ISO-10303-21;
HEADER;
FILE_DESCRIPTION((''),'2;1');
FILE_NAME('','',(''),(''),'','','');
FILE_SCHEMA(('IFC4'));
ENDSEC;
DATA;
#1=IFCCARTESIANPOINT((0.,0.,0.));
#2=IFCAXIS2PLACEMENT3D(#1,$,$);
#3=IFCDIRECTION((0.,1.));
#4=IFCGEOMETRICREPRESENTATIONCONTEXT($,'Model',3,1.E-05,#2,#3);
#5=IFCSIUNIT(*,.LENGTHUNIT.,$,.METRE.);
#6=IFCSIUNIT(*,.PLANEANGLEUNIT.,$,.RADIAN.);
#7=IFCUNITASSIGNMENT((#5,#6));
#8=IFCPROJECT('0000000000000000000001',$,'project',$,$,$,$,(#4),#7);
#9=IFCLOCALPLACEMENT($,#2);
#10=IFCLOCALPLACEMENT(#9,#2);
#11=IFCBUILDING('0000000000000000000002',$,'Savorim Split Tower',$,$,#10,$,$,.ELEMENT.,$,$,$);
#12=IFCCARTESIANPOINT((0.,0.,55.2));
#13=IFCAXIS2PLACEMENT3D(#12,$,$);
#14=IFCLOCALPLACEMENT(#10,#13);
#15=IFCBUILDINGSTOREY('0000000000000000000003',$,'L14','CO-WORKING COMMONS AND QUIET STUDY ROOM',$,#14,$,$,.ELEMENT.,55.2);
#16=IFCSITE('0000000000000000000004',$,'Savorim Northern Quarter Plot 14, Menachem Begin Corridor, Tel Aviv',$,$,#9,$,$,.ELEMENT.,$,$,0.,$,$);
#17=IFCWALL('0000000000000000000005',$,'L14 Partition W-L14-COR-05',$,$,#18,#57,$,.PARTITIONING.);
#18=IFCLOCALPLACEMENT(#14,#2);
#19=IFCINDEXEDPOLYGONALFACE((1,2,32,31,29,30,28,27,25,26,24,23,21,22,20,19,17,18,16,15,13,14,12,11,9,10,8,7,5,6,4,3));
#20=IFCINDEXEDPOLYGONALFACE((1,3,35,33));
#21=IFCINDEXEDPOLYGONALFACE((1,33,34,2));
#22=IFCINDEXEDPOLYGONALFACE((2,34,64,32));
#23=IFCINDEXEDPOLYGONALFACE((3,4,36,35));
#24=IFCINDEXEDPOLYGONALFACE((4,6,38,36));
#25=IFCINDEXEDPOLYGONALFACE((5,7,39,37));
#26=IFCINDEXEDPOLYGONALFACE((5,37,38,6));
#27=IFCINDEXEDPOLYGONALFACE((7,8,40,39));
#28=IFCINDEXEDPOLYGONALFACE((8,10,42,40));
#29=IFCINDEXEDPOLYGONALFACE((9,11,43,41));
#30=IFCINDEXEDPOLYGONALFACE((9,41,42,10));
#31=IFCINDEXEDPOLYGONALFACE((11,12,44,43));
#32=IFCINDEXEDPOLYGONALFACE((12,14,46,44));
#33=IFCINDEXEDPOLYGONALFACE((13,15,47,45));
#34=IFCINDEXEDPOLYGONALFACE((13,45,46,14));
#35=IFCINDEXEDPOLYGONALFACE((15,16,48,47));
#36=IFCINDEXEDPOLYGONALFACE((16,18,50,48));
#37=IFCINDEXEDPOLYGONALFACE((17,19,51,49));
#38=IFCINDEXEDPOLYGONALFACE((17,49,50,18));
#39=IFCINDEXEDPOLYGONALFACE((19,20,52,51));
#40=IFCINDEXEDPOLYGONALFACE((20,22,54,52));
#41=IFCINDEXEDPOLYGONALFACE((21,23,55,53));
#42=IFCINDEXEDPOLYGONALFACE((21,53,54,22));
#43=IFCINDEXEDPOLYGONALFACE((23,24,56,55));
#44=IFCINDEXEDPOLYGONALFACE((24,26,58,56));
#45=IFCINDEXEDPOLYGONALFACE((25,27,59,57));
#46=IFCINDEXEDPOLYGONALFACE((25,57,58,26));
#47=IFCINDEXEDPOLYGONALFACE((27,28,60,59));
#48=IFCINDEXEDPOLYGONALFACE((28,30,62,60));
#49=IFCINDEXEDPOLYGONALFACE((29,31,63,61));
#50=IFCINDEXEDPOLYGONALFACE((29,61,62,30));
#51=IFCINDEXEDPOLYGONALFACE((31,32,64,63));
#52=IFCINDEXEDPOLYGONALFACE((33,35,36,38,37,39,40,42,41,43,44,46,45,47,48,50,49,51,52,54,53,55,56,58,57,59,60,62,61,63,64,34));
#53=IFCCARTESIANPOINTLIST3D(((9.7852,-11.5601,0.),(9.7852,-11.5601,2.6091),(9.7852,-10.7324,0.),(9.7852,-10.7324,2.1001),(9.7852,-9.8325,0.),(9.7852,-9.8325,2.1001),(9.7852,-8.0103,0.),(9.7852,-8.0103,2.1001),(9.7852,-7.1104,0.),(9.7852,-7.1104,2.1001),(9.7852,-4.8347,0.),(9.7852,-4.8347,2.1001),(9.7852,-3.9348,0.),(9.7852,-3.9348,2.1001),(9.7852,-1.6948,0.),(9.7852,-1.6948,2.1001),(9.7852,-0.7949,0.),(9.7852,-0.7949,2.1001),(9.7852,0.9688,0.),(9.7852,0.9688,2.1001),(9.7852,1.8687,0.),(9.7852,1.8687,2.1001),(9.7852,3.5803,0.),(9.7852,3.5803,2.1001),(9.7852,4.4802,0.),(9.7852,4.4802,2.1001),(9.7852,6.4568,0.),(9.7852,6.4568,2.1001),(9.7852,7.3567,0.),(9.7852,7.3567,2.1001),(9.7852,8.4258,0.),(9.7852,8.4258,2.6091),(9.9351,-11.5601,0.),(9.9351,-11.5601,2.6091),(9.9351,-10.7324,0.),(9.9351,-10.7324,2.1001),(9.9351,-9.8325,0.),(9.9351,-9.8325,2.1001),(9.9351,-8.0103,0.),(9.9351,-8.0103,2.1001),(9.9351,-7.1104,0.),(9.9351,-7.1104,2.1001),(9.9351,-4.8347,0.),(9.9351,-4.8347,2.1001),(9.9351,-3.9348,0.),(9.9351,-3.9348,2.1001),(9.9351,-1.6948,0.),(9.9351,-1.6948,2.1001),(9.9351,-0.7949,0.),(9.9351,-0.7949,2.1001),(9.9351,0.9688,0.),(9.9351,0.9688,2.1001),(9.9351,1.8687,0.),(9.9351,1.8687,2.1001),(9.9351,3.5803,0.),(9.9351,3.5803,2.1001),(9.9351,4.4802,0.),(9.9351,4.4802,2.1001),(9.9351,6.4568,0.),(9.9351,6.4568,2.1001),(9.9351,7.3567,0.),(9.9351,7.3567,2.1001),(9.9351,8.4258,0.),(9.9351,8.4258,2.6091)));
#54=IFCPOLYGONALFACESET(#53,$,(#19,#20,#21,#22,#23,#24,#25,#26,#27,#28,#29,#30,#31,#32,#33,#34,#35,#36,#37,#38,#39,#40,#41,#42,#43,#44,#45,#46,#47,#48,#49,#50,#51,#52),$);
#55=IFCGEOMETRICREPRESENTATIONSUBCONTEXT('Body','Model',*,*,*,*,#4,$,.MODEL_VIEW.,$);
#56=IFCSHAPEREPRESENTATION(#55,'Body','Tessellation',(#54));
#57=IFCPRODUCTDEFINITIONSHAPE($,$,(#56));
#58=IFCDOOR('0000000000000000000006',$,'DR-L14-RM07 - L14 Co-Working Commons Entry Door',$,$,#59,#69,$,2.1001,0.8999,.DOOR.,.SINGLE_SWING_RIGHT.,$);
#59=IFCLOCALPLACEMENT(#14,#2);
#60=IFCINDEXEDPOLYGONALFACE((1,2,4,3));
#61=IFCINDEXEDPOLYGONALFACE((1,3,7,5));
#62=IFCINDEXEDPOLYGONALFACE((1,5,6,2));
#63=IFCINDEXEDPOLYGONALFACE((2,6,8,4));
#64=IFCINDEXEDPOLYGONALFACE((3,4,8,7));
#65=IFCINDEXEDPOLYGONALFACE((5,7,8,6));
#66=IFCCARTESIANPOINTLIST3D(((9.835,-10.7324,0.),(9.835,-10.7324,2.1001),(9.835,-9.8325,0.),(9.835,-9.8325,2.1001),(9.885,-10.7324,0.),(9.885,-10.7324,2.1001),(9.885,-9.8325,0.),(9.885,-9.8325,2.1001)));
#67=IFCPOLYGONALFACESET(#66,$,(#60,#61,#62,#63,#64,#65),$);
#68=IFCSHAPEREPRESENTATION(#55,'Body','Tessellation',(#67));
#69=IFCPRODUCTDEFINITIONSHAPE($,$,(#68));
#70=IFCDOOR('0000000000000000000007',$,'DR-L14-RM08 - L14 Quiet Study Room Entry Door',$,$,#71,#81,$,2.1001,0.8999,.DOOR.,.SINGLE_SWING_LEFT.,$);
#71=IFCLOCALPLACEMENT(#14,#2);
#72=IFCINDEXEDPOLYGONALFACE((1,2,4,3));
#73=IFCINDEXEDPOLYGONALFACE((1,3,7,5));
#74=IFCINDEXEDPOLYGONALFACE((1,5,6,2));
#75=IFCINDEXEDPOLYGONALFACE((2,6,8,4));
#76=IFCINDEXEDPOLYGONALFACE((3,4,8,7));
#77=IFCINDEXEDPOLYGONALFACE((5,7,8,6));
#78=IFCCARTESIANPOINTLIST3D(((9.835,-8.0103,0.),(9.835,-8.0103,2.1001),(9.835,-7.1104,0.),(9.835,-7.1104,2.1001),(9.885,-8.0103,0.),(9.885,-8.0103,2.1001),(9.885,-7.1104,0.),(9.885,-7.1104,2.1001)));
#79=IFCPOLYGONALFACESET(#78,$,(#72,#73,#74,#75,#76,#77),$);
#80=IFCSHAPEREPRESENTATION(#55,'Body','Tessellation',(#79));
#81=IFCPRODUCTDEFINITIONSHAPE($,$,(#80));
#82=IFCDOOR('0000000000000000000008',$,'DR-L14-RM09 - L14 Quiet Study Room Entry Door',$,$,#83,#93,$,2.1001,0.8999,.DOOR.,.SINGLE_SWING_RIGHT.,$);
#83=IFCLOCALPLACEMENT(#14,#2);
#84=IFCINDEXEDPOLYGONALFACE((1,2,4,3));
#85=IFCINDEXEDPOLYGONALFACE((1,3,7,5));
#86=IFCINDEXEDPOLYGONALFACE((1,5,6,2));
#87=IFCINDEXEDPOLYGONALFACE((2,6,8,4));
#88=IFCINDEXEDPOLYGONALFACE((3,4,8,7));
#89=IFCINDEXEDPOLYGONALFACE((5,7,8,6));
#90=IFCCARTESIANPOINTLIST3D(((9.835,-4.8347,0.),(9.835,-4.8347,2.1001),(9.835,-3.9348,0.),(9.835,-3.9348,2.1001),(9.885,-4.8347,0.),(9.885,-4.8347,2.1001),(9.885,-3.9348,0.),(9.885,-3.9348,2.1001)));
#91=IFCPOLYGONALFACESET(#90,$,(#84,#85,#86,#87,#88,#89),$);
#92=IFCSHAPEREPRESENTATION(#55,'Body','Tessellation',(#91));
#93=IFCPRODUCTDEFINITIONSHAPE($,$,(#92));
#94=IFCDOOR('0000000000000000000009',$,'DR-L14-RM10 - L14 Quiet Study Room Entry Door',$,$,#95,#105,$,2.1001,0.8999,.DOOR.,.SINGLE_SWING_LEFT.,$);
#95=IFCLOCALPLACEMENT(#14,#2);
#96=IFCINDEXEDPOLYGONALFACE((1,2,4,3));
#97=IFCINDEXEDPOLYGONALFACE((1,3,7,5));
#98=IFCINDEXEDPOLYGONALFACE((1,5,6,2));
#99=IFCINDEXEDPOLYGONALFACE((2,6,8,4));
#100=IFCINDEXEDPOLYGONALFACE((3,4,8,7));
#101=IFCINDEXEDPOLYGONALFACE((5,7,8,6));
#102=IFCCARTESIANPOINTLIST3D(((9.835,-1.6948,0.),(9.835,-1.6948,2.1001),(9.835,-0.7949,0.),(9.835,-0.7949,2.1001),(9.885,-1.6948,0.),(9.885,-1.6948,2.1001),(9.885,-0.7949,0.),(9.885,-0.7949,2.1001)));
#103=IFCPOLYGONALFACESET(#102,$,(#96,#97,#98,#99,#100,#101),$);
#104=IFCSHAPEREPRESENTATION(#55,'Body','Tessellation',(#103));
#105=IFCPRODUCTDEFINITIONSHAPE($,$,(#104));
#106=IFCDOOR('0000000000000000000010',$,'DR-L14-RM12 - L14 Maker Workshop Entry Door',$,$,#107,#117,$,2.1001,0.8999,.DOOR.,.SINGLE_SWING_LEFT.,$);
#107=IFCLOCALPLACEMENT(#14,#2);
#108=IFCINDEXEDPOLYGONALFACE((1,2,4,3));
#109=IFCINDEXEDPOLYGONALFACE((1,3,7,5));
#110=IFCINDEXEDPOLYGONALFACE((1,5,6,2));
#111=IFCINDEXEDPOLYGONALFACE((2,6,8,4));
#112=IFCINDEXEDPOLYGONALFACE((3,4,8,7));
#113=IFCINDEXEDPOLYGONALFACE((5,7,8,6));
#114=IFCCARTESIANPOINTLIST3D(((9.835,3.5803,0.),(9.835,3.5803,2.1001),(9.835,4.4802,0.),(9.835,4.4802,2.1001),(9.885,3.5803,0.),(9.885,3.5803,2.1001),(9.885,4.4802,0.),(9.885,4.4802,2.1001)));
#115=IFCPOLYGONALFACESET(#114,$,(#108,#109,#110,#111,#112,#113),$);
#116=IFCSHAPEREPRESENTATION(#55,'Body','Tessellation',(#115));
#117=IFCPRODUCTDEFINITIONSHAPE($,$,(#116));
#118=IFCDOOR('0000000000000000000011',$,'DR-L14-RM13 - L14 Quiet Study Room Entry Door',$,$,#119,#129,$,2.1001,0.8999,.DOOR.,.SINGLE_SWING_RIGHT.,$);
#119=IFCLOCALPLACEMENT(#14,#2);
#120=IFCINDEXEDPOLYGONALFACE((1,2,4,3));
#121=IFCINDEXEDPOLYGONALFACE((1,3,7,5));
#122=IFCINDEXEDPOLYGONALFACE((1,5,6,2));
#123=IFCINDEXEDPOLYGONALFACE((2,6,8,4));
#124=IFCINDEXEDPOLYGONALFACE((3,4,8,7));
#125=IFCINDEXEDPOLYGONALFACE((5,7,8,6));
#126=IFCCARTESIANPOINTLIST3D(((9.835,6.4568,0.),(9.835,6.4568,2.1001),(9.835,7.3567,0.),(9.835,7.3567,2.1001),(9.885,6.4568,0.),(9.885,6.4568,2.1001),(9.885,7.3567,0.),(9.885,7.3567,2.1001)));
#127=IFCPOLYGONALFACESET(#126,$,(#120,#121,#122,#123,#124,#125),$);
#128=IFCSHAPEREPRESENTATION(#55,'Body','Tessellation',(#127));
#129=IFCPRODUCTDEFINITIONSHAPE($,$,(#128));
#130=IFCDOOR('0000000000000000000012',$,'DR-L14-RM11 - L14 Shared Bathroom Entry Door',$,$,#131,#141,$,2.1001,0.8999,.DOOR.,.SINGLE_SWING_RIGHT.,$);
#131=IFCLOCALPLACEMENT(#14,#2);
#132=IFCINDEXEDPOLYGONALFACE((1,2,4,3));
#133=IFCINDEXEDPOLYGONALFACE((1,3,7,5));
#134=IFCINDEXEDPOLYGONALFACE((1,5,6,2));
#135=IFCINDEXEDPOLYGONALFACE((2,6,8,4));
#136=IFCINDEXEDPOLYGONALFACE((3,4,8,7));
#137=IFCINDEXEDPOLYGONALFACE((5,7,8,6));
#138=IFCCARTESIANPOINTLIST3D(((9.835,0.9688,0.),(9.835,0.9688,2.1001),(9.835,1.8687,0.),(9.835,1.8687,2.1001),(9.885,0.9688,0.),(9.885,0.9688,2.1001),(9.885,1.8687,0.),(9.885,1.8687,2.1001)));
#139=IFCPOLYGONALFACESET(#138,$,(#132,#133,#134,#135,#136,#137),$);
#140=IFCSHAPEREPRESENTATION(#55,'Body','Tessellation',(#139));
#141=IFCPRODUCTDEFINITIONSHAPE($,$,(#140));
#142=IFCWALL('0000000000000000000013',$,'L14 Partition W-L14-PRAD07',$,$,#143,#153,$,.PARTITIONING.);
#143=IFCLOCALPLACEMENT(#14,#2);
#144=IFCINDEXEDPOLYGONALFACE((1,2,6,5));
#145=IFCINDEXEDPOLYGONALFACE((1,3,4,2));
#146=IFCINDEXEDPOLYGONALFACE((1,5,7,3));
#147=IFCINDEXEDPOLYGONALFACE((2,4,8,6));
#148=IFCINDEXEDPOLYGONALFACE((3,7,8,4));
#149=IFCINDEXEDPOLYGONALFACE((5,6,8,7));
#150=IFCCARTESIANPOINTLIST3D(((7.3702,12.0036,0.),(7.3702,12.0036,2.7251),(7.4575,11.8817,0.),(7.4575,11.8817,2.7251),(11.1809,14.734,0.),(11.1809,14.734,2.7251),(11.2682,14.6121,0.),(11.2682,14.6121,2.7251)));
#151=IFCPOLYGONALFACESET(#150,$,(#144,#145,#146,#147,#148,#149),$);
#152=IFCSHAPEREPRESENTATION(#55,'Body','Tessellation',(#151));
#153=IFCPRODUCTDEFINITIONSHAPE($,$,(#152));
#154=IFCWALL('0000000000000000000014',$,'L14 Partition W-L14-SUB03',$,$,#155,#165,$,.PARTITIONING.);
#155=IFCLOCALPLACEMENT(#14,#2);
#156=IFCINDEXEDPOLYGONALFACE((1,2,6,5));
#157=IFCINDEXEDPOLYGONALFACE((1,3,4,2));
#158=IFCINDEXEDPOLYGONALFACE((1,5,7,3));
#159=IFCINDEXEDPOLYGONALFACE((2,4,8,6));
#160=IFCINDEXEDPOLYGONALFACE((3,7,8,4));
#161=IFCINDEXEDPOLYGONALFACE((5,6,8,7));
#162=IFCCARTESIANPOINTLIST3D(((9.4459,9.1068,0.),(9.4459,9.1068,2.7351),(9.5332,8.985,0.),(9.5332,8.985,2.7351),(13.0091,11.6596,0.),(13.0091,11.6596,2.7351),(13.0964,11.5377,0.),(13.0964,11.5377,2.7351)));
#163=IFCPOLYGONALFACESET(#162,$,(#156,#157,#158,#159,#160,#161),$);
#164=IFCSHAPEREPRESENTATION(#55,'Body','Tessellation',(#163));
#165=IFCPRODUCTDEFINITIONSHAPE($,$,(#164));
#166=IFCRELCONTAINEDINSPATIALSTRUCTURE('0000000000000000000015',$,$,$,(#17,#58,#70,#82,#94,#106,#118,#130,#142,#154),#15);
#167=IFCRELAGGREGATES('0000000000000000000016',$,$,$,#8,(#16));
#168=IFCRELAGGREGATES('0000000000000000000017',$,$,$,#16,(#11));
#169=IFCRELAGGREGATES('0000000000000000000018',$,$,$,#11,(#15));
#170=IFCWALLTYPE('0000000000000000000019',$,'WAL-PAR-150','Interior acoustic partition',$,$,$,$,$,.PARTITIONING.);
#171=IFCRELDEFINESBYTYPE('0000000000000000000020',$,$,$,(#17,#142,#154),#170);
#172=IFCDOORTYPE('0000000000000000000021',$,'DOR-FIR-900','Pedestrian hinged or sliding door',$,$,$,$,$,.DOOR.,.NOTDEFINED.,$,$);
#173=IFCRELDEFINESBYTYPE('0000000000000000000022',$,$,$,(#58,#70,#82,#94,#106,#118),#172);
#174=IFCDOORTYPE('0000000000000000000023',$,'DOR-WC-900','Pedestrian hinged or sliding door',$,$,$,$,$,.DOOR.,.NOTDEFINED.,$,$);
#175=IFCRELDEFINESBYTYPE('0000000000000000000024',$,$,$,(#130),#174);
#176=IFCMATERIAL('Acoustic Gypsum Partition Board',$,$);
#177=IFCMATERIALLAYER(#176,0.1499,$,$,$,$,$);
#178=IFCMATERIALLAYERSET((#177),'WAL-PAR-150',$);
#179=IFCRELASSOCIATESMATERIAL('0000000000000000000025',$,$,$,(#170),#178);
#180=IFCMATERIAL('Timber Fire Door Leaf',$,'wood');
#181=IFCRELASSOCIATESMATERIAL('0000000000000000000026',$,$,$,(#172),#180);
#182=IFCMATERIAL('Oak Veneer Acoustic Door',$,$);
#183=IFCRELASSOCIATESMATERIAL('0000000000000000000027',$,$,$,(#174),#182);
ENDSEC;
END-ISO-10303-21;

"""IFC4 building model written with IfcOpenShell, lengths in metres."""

from ifc_helpers import new_model, si_unit, direction, frame, frame_2d, origin, place, context, subcontext, project, spatial, rectangle, extrude, material, layer, layer_set, type_object, element, fill, save


model = new_model("IFC4")

# Units and contexts
model_context = context("Model", 3, precision=1e-05, world=origin(), true_north=direction((0.0, 1.0)))
body_context = subcontext(model_context, "Body", "Model", "MODEL_VIEW")
ifc_project = project(units=[si_unit("LENGTHUNIT", "METRE"), si_unit("PLANEANGLEUNIT", "RADIAN")], contexts=[model_context])

# Site, building, storey
site_placement = place(None, origin())
site = spatial("IfcSite", under=ifc_project, at=site_placement, Name="Savorim Northern Quarter Plot 14, Menachem Begin Corridor, Tel Aviv", CompositionType="ELEMENT", RefElevation=0.0)
building_placement = place(site_placement, origin())
building = spatial("IfcBuilding", under=site, at=building_placement, Name="Savorim Split Tower", CompositionType="ELEMENT")
storey_placement = place(building_placement, frame((0.0, 0.0, 55.2)))
storey = spatial("IfcBuildingStorey", under=building, at=storey_placement, Name="L14", Description="CO-WORKING COMMONS AND QUIET STUDY ROOM", CompositionType="ELEMENT", Elevation=55.2)

# Shared definitions
ifc_material_1 = material(Name="Timber Fire Door Leaf", Category="wood")

# Shared definitions
ifc_material_2 = material(Name="Acoustic Gypsum Partition Board")
ifc_layer_1 = layer(ifc_material_2, 0.1499)
ifc_layer_set_1 = layer_set([ifc_layer_1], Name="WAL-PAR-150")
wall_type_1 = type_object("IfcWallType", Name="WAL-PAR-150", Description="Interior acoustic partition", PredefinedType="PARTITIONING", material=ifc_layer_set_1)

# Wall, openings, doors
wall_1_placement = place(storey_placement, frame((9.8601, 8.4258, 0.0), z_axis=(0.0, 0.0, 1.0), x_axis=(0.0, -1.0, 0.0)))
wall_1 = element("IfcWall", 1, at=wall_1_placement, inside=storey, type_object=wall_type_1, Name="L14 Partition W-L14-COR-05", PredefinedType="PARTITIONING", context=body_context, shape_type="SweptSolid", body=[
    extrude(rectangle(XDim=19.9858, YDim=0.1499, at=frame_2d((9.9929, 0.0))), origin(), (0.0, 0.0, 1.0), 2.6091),
])
opening_1_placement = place(wall_1_placement, frame((18.2583, 0.0, 0.0)))
opening_1 = element("IfcOpeningElement", 2, at=opening_1_placement, cuts=wall_1, PredefinedType="OPENING", context=body_context, shape_type="SweptSolid", body=[
    extrude(rectangle(XDim=0.8999, YDim=2.1001, at=frame_2d((0.45, 1.05))), frame((0.0, 0.085, 0.0), z_axis=(0.0, -1.0, 0.0), x_axis=(1.0, 0.0, 0.0)), (0.0, 0.0, 1.0), 0.1699),
])
opening_2_placement = place(wall_1_placement, frame((15.5361, 0.0, 0.0)))
opening_2 = element("IfcOpeningElement", 3, at=opening_2_placement, cuts=wall_1, PredefinedType="OPENING", context=body_context, shape_type="SweptSolid", body=[
    extrude(rectangle(XDim=0.8999, YDim=2.1001, at=frame_2d((0.45, 1.05))), frame((0.0, 0.085, 0.0), z_axis=(0.0, -1.0, 0.0), x_axis=(1.0, 0.0, 0.0)), (0.0, 0.0, 1.0), 0.1699),
])
opening_3_placement = place(wall_1_placement, frame((12.3606, 0.0, 0.0)))
opening_3 = element("IfcOpeningElement", 4, at=opening_3_placement, cuts=wall_1, PredefinedType="OPENING", context=body_context, shape_type="SweptSolid", body=[
    extrude(rectangle(XDim=0.8999, YDim=2.1001, at=frame_2d((0.45, 1.05))), frame((0.0, 0.085, 0.0), z_axis=(0.0, -1.0, 0.0), x_axis=(1.0, 0.0, 0.0)), (0.0, 0.0, 1.0), 0.1699),
])
opening_4_placement = place(wall_1_placement, frame((9.2207, 0.0, 0.0)))
opening_4 = element("IfcOpeningElement", 5, at=opening_4_placement, cuts=wall_1, PredefinedType="OPENING", context=body_context, shape_type="SweptSolid", body=[
    extrude(rectangle(XDim=0.8999, YDim=2.1001, at=frame_2d((0.45, 1.05))), frame((0.0, 0.085, 0.0), z_axis=(0.0, -1.0, 0.0), x_axis=(1.0, 0.0, 0.0)), (0.0, 0.0, 1.0), 0.1699),
])
opening_5_placement = place(wall_1_placement, frame((6.5571, 0.0, 0.0)))
opening_5 = element("IfcOpeningElement", 6, at=opening_5_placement, cuts=wall_1, PredefinedType="OPENING", context=body_context, shape_type="SweptSolid", body=[
    extrude(rectangle(XDim=0.8999, YDim=2.1001, at=frame_2d((0.45, 1.05))), frame((0.0, 0.085, 0.0), z_axis=(0.0, -1.0, 0.0), x_axis=(1.0, 0.0, 0.0)), (0.0, 0.0, 1.0), 0.1699),
])
opening_6_placement = place(wall_1_placement, frame((3.9456, 0.0, 0.0)))
opening_6 = element("IfcOpeningElement", 7, at=opening_6_placement, cuts=wall_1, PredefinedType="OPENING", context=body_context, shape_type="SweptSolid", body=[
    extrude(rectangle(XDim=0.8999, YDim=2.1001, at=frame_2d((0.45, 1.05))), frame((0.0, 0.085, 0.0), z_axis=(0.0, -1.0, 0.0), x_axis=(1.0, 0.0, 0.0)), (0.0, 0.0, 1.0), 0.1699),
])
opening_7_placement = place(wall_1_placement, frame((1.0691, 0.0, 0.0)))
opening_7 = element("IfcOpeningElement", 8, at=opening_7_placement, cuts=wall_1, PredefinedType="OPENING", context=body_context, shape_type="SweptSolid", body=[
    extrude(rectangle(XDim=0.8999, YDim=2.1001, at=frame_2d((0.45, 1.05))), frame((0.0, 0.085, 0.0), z_axis=(0.0, -1.0, 0.0), x_axis=(1.0, 0.0, 0.0)), (0.0, 0.0, 1.0), 0.1699),
])
door_type_1 = type_object("IfcDoorType", Name="DOR-FIR-900", Description="Pedestrian hinged or sliding door", OperationType="NOTDEFINED", PredefinedType="DOOR", material=ifc_material_1)
door_1_placement = place(opening_1_placement, origin())
door_1 = element("IfcDoor", 9, at=door_1_placement, inside=storey, type_object=door_type_1, Name="DR-L14-RM07 - L14 Co-Working Commons Entry Door", OperationType="SINGLE_SWING_RIGHT", OverallHeight=2.1001, OverallWidth=0.8999, PredefinedType="DOOR", context=body_context, shape_type="SweptSolid", body=[
    extrude(rectangle(XDim=0.8999, YDim=2.1001, at=frame_2d((0.45, 1.05))), frame((0.0, 0.0249, 0.0), z_axis=(0.0, -1.0, 0.0), x_axis=(1.0, 0.0, 0.0)), (0.0, 0.0, 1.0), 0.05),
])
fill(opening_1, door_1)
door_2_placement = place(opening_2_placement, origin())
door_2 = element("IfcDoor", 10, at=door_2_placement, inside=storey, type_object=door_type_1, Name="DR-L14-RM08 - L14 Quiet Study Room Entry Door", OperationType="SINGLE_SWING_LEFT", OverallHeight=2.1001, OverallWidth=0.8999, PredefinedType="DOOR", context=body_context, shape_type="SweptSolid", body=[
    extrude(rectangle(XDim=0.8999, YDim=2.1001, at=frame_2d((0.45, 1.05))), frame((0.0, 0.0249, 0.0), z_axis=(0.0, -1.0, 0.0), x_axis=(1.0, 0.0, 0.0)), (0.0, 0.0, 1.0), 0.05),
])
fill(opening_2, door_2)
door_3_placement = place(opening_3_placement, origin())
door_3 = element("IfcDoor", 11, at=door_3_placement, inside=storey, type_object=door_type_1, Name="DR-L14-RM09 - L14 Quiet Study Room Entry Door", OperationType="SINGLE_SWING_RIGHT", OverallHeight=2.1001, OverallWidth=0.8999, PredefinedType="DOOR", context=body_context, shape_type="SweptSolid", body=[
    extrude(rectangle(XDim=0.8999, YDim=2.1001, at=frame_2d((0.45, 1.05))), frame((0.0, 0.0249, 0.0), z_axis=(0.0, -1.0, 0.0), x_axis=(1.0, 0.0, 0.0)), (0.0, 0.0, 1.0), 0.05),
])
fill(opening_3, door_3)
door_4_placement = place(opening_4_placement, origin())
door_4 = element("IfcDoor", 12, at=door_4_placement, inside=storey, type_object=door_type_1, Name="DR-L14-RM10 - L14 Quiet Study Room Entry Door", OperationType="SINGLE_SWING_LEFT", OverallHeight=2.1001, OverallWidth=0.8999, PredefinedType="DOOR", context=body_context, shape_type="SweptSolid", body=[
    extrude(rectangle(XDim=0.8999, YDim=2.1001, at=frame_2d((0.45, 1.05))), frame((0.0, 0.0249, 0.0), z_axis=(0.0, -1.0, 0.0), x_axis=(1.0, 0.0, 0.0)), (0.0, 0.0, 1.0), 0.05),
])
fill(opening_4, door_4)
door_5_placement = place(opening_6_placement, origin())
door_5 = element("IfcDoor", 13, at=door_5_placement, inside=storey, type_object=door_type_1, Name="DR-L14-RM12 - L14 Maker Workshop Entry Door", OperationType="SINGLE_SWING_LEFT", OverallHeight=2.1001, OverallWidth=0.8999, PredefinedType="DOOR", context=body_context, shape_type="SweptSolid", body=[
    extrude(rectangle(XDim=0.8999, YDim=2.1001, at=frame_2d((0.45, 1.05))), frame((0.0, 0.0249, 0.0), z_axis=(0.0, -1.0, 0.0), x_axis=(1.0, 0.0, 0.0)), (0.0, 0.0, 1.0), 0.05),
])
fill(opening_6, door_5)
door_6_placement = place(opening_7_placement, origin())
door_6 = element("IfcDoor", 14, at=door_6_placement, inside=storey, type_object=door_type_1, Name="DR-L14-RM13 - L14 Quiet Study Room Entry Door", OperationType="SINGLE_SWING_RIGHT", OverallHeight=2.1001, OverallWidth=0.8999, PredefinedType="DOOR", context=body_context, shape_type="SweptSolid", body=[
    extrude(rectangle(XDim=0.8999, YDim=2.1001, at=frame_2d((0.45, 1.05))), frame((0.0, 0.0249, 0.0), z_axis=(0.0, -1.0, 0.0), x_axis=(1.0, 0.0, 0.0)), (0.0, 0.0, 1.0), 0.05),
])
fill(opening_7, door_6)
ifc_material_3 = material(Name="Oak Veneer Acoustic Door")
door_type_2 = type_object("IfcDoorType", Name="DOR-WC-900", Description="Pedestrian hinged or sliding door", OperationType="NOTDEFINED", PredefinedType="DOOR", material=ifc_material_3)
door_7_placement = place(opening_5_placement, origin())
door_7 = element("IfcDoor", 15, at=door_7_placement, inside=storey, type_object=door_type_2, Name="DR-L14-RM11 - L14 Shared Bathroom Entry Door", OperationType="SINGLE_SWING_RIGHT", OverallHeight=2.1001, OverallWidth=0.8999, PredefinedType="DOOR", context=body_context, shape_type="SweptSolid", body=[
    extrude(rectangle(XDim=0.8999, YDim=2.1001, at=frame_2d((0.45, 1.05))), frame((0.0, 0.0249, 0.0), z_axis=(0.0, -1.0, 0.0), x_axis=(1.0, 0.0, 0.0)), (0.0, 0.0, 1.0), 0.05),
])
fill(opening_5, door_7)

# Walls
wall_2_placement = place(storey_placement, frame((7.4138, 11.9426, 0.0), z_axis=(0.0, 0.0, 1.0), x_axis=(0.812878, 0.582435, 0.0)))
element("IfcWall", 16, at=wall_2_placement, inside=storey, type_object=wall_type_1, Name="L14 Partition W-L14-PRAD07", PredefinedType="PARTITIONING", context=body_context, shape_type="SweptSolid", body=[
    extrude(rectangle(XDim=4.688, YDim=0.1499, at=frame_2d((2.344, 0.0))), origin(), (0.0, 0.0, 1.0), 2.7251),
])
wall_3_placement = place(storey_placement, frame((9.4895, 9.0459, 0.0), z_axis=(0.0, 0.0, 1.0), x_axis=(0.812916, 0.582381, 0.0)))
element("IfcWall", 17, at=wall_3_placement, inside=storey, type_object=wall_type_1, Name="L14 Partition W-L14-SUB03", PredefinedType="PARTITIONING", context=body_context, shape_type="SweptSolid", body=[
    extrude(rectangle(XDim=4.3833, YDim=0.1499, at=frame_2d((2.1917, 0.0))), origin(), (0.0, 0.0, 1.0), 2.7351),
])

save(model, "model.ifc")
